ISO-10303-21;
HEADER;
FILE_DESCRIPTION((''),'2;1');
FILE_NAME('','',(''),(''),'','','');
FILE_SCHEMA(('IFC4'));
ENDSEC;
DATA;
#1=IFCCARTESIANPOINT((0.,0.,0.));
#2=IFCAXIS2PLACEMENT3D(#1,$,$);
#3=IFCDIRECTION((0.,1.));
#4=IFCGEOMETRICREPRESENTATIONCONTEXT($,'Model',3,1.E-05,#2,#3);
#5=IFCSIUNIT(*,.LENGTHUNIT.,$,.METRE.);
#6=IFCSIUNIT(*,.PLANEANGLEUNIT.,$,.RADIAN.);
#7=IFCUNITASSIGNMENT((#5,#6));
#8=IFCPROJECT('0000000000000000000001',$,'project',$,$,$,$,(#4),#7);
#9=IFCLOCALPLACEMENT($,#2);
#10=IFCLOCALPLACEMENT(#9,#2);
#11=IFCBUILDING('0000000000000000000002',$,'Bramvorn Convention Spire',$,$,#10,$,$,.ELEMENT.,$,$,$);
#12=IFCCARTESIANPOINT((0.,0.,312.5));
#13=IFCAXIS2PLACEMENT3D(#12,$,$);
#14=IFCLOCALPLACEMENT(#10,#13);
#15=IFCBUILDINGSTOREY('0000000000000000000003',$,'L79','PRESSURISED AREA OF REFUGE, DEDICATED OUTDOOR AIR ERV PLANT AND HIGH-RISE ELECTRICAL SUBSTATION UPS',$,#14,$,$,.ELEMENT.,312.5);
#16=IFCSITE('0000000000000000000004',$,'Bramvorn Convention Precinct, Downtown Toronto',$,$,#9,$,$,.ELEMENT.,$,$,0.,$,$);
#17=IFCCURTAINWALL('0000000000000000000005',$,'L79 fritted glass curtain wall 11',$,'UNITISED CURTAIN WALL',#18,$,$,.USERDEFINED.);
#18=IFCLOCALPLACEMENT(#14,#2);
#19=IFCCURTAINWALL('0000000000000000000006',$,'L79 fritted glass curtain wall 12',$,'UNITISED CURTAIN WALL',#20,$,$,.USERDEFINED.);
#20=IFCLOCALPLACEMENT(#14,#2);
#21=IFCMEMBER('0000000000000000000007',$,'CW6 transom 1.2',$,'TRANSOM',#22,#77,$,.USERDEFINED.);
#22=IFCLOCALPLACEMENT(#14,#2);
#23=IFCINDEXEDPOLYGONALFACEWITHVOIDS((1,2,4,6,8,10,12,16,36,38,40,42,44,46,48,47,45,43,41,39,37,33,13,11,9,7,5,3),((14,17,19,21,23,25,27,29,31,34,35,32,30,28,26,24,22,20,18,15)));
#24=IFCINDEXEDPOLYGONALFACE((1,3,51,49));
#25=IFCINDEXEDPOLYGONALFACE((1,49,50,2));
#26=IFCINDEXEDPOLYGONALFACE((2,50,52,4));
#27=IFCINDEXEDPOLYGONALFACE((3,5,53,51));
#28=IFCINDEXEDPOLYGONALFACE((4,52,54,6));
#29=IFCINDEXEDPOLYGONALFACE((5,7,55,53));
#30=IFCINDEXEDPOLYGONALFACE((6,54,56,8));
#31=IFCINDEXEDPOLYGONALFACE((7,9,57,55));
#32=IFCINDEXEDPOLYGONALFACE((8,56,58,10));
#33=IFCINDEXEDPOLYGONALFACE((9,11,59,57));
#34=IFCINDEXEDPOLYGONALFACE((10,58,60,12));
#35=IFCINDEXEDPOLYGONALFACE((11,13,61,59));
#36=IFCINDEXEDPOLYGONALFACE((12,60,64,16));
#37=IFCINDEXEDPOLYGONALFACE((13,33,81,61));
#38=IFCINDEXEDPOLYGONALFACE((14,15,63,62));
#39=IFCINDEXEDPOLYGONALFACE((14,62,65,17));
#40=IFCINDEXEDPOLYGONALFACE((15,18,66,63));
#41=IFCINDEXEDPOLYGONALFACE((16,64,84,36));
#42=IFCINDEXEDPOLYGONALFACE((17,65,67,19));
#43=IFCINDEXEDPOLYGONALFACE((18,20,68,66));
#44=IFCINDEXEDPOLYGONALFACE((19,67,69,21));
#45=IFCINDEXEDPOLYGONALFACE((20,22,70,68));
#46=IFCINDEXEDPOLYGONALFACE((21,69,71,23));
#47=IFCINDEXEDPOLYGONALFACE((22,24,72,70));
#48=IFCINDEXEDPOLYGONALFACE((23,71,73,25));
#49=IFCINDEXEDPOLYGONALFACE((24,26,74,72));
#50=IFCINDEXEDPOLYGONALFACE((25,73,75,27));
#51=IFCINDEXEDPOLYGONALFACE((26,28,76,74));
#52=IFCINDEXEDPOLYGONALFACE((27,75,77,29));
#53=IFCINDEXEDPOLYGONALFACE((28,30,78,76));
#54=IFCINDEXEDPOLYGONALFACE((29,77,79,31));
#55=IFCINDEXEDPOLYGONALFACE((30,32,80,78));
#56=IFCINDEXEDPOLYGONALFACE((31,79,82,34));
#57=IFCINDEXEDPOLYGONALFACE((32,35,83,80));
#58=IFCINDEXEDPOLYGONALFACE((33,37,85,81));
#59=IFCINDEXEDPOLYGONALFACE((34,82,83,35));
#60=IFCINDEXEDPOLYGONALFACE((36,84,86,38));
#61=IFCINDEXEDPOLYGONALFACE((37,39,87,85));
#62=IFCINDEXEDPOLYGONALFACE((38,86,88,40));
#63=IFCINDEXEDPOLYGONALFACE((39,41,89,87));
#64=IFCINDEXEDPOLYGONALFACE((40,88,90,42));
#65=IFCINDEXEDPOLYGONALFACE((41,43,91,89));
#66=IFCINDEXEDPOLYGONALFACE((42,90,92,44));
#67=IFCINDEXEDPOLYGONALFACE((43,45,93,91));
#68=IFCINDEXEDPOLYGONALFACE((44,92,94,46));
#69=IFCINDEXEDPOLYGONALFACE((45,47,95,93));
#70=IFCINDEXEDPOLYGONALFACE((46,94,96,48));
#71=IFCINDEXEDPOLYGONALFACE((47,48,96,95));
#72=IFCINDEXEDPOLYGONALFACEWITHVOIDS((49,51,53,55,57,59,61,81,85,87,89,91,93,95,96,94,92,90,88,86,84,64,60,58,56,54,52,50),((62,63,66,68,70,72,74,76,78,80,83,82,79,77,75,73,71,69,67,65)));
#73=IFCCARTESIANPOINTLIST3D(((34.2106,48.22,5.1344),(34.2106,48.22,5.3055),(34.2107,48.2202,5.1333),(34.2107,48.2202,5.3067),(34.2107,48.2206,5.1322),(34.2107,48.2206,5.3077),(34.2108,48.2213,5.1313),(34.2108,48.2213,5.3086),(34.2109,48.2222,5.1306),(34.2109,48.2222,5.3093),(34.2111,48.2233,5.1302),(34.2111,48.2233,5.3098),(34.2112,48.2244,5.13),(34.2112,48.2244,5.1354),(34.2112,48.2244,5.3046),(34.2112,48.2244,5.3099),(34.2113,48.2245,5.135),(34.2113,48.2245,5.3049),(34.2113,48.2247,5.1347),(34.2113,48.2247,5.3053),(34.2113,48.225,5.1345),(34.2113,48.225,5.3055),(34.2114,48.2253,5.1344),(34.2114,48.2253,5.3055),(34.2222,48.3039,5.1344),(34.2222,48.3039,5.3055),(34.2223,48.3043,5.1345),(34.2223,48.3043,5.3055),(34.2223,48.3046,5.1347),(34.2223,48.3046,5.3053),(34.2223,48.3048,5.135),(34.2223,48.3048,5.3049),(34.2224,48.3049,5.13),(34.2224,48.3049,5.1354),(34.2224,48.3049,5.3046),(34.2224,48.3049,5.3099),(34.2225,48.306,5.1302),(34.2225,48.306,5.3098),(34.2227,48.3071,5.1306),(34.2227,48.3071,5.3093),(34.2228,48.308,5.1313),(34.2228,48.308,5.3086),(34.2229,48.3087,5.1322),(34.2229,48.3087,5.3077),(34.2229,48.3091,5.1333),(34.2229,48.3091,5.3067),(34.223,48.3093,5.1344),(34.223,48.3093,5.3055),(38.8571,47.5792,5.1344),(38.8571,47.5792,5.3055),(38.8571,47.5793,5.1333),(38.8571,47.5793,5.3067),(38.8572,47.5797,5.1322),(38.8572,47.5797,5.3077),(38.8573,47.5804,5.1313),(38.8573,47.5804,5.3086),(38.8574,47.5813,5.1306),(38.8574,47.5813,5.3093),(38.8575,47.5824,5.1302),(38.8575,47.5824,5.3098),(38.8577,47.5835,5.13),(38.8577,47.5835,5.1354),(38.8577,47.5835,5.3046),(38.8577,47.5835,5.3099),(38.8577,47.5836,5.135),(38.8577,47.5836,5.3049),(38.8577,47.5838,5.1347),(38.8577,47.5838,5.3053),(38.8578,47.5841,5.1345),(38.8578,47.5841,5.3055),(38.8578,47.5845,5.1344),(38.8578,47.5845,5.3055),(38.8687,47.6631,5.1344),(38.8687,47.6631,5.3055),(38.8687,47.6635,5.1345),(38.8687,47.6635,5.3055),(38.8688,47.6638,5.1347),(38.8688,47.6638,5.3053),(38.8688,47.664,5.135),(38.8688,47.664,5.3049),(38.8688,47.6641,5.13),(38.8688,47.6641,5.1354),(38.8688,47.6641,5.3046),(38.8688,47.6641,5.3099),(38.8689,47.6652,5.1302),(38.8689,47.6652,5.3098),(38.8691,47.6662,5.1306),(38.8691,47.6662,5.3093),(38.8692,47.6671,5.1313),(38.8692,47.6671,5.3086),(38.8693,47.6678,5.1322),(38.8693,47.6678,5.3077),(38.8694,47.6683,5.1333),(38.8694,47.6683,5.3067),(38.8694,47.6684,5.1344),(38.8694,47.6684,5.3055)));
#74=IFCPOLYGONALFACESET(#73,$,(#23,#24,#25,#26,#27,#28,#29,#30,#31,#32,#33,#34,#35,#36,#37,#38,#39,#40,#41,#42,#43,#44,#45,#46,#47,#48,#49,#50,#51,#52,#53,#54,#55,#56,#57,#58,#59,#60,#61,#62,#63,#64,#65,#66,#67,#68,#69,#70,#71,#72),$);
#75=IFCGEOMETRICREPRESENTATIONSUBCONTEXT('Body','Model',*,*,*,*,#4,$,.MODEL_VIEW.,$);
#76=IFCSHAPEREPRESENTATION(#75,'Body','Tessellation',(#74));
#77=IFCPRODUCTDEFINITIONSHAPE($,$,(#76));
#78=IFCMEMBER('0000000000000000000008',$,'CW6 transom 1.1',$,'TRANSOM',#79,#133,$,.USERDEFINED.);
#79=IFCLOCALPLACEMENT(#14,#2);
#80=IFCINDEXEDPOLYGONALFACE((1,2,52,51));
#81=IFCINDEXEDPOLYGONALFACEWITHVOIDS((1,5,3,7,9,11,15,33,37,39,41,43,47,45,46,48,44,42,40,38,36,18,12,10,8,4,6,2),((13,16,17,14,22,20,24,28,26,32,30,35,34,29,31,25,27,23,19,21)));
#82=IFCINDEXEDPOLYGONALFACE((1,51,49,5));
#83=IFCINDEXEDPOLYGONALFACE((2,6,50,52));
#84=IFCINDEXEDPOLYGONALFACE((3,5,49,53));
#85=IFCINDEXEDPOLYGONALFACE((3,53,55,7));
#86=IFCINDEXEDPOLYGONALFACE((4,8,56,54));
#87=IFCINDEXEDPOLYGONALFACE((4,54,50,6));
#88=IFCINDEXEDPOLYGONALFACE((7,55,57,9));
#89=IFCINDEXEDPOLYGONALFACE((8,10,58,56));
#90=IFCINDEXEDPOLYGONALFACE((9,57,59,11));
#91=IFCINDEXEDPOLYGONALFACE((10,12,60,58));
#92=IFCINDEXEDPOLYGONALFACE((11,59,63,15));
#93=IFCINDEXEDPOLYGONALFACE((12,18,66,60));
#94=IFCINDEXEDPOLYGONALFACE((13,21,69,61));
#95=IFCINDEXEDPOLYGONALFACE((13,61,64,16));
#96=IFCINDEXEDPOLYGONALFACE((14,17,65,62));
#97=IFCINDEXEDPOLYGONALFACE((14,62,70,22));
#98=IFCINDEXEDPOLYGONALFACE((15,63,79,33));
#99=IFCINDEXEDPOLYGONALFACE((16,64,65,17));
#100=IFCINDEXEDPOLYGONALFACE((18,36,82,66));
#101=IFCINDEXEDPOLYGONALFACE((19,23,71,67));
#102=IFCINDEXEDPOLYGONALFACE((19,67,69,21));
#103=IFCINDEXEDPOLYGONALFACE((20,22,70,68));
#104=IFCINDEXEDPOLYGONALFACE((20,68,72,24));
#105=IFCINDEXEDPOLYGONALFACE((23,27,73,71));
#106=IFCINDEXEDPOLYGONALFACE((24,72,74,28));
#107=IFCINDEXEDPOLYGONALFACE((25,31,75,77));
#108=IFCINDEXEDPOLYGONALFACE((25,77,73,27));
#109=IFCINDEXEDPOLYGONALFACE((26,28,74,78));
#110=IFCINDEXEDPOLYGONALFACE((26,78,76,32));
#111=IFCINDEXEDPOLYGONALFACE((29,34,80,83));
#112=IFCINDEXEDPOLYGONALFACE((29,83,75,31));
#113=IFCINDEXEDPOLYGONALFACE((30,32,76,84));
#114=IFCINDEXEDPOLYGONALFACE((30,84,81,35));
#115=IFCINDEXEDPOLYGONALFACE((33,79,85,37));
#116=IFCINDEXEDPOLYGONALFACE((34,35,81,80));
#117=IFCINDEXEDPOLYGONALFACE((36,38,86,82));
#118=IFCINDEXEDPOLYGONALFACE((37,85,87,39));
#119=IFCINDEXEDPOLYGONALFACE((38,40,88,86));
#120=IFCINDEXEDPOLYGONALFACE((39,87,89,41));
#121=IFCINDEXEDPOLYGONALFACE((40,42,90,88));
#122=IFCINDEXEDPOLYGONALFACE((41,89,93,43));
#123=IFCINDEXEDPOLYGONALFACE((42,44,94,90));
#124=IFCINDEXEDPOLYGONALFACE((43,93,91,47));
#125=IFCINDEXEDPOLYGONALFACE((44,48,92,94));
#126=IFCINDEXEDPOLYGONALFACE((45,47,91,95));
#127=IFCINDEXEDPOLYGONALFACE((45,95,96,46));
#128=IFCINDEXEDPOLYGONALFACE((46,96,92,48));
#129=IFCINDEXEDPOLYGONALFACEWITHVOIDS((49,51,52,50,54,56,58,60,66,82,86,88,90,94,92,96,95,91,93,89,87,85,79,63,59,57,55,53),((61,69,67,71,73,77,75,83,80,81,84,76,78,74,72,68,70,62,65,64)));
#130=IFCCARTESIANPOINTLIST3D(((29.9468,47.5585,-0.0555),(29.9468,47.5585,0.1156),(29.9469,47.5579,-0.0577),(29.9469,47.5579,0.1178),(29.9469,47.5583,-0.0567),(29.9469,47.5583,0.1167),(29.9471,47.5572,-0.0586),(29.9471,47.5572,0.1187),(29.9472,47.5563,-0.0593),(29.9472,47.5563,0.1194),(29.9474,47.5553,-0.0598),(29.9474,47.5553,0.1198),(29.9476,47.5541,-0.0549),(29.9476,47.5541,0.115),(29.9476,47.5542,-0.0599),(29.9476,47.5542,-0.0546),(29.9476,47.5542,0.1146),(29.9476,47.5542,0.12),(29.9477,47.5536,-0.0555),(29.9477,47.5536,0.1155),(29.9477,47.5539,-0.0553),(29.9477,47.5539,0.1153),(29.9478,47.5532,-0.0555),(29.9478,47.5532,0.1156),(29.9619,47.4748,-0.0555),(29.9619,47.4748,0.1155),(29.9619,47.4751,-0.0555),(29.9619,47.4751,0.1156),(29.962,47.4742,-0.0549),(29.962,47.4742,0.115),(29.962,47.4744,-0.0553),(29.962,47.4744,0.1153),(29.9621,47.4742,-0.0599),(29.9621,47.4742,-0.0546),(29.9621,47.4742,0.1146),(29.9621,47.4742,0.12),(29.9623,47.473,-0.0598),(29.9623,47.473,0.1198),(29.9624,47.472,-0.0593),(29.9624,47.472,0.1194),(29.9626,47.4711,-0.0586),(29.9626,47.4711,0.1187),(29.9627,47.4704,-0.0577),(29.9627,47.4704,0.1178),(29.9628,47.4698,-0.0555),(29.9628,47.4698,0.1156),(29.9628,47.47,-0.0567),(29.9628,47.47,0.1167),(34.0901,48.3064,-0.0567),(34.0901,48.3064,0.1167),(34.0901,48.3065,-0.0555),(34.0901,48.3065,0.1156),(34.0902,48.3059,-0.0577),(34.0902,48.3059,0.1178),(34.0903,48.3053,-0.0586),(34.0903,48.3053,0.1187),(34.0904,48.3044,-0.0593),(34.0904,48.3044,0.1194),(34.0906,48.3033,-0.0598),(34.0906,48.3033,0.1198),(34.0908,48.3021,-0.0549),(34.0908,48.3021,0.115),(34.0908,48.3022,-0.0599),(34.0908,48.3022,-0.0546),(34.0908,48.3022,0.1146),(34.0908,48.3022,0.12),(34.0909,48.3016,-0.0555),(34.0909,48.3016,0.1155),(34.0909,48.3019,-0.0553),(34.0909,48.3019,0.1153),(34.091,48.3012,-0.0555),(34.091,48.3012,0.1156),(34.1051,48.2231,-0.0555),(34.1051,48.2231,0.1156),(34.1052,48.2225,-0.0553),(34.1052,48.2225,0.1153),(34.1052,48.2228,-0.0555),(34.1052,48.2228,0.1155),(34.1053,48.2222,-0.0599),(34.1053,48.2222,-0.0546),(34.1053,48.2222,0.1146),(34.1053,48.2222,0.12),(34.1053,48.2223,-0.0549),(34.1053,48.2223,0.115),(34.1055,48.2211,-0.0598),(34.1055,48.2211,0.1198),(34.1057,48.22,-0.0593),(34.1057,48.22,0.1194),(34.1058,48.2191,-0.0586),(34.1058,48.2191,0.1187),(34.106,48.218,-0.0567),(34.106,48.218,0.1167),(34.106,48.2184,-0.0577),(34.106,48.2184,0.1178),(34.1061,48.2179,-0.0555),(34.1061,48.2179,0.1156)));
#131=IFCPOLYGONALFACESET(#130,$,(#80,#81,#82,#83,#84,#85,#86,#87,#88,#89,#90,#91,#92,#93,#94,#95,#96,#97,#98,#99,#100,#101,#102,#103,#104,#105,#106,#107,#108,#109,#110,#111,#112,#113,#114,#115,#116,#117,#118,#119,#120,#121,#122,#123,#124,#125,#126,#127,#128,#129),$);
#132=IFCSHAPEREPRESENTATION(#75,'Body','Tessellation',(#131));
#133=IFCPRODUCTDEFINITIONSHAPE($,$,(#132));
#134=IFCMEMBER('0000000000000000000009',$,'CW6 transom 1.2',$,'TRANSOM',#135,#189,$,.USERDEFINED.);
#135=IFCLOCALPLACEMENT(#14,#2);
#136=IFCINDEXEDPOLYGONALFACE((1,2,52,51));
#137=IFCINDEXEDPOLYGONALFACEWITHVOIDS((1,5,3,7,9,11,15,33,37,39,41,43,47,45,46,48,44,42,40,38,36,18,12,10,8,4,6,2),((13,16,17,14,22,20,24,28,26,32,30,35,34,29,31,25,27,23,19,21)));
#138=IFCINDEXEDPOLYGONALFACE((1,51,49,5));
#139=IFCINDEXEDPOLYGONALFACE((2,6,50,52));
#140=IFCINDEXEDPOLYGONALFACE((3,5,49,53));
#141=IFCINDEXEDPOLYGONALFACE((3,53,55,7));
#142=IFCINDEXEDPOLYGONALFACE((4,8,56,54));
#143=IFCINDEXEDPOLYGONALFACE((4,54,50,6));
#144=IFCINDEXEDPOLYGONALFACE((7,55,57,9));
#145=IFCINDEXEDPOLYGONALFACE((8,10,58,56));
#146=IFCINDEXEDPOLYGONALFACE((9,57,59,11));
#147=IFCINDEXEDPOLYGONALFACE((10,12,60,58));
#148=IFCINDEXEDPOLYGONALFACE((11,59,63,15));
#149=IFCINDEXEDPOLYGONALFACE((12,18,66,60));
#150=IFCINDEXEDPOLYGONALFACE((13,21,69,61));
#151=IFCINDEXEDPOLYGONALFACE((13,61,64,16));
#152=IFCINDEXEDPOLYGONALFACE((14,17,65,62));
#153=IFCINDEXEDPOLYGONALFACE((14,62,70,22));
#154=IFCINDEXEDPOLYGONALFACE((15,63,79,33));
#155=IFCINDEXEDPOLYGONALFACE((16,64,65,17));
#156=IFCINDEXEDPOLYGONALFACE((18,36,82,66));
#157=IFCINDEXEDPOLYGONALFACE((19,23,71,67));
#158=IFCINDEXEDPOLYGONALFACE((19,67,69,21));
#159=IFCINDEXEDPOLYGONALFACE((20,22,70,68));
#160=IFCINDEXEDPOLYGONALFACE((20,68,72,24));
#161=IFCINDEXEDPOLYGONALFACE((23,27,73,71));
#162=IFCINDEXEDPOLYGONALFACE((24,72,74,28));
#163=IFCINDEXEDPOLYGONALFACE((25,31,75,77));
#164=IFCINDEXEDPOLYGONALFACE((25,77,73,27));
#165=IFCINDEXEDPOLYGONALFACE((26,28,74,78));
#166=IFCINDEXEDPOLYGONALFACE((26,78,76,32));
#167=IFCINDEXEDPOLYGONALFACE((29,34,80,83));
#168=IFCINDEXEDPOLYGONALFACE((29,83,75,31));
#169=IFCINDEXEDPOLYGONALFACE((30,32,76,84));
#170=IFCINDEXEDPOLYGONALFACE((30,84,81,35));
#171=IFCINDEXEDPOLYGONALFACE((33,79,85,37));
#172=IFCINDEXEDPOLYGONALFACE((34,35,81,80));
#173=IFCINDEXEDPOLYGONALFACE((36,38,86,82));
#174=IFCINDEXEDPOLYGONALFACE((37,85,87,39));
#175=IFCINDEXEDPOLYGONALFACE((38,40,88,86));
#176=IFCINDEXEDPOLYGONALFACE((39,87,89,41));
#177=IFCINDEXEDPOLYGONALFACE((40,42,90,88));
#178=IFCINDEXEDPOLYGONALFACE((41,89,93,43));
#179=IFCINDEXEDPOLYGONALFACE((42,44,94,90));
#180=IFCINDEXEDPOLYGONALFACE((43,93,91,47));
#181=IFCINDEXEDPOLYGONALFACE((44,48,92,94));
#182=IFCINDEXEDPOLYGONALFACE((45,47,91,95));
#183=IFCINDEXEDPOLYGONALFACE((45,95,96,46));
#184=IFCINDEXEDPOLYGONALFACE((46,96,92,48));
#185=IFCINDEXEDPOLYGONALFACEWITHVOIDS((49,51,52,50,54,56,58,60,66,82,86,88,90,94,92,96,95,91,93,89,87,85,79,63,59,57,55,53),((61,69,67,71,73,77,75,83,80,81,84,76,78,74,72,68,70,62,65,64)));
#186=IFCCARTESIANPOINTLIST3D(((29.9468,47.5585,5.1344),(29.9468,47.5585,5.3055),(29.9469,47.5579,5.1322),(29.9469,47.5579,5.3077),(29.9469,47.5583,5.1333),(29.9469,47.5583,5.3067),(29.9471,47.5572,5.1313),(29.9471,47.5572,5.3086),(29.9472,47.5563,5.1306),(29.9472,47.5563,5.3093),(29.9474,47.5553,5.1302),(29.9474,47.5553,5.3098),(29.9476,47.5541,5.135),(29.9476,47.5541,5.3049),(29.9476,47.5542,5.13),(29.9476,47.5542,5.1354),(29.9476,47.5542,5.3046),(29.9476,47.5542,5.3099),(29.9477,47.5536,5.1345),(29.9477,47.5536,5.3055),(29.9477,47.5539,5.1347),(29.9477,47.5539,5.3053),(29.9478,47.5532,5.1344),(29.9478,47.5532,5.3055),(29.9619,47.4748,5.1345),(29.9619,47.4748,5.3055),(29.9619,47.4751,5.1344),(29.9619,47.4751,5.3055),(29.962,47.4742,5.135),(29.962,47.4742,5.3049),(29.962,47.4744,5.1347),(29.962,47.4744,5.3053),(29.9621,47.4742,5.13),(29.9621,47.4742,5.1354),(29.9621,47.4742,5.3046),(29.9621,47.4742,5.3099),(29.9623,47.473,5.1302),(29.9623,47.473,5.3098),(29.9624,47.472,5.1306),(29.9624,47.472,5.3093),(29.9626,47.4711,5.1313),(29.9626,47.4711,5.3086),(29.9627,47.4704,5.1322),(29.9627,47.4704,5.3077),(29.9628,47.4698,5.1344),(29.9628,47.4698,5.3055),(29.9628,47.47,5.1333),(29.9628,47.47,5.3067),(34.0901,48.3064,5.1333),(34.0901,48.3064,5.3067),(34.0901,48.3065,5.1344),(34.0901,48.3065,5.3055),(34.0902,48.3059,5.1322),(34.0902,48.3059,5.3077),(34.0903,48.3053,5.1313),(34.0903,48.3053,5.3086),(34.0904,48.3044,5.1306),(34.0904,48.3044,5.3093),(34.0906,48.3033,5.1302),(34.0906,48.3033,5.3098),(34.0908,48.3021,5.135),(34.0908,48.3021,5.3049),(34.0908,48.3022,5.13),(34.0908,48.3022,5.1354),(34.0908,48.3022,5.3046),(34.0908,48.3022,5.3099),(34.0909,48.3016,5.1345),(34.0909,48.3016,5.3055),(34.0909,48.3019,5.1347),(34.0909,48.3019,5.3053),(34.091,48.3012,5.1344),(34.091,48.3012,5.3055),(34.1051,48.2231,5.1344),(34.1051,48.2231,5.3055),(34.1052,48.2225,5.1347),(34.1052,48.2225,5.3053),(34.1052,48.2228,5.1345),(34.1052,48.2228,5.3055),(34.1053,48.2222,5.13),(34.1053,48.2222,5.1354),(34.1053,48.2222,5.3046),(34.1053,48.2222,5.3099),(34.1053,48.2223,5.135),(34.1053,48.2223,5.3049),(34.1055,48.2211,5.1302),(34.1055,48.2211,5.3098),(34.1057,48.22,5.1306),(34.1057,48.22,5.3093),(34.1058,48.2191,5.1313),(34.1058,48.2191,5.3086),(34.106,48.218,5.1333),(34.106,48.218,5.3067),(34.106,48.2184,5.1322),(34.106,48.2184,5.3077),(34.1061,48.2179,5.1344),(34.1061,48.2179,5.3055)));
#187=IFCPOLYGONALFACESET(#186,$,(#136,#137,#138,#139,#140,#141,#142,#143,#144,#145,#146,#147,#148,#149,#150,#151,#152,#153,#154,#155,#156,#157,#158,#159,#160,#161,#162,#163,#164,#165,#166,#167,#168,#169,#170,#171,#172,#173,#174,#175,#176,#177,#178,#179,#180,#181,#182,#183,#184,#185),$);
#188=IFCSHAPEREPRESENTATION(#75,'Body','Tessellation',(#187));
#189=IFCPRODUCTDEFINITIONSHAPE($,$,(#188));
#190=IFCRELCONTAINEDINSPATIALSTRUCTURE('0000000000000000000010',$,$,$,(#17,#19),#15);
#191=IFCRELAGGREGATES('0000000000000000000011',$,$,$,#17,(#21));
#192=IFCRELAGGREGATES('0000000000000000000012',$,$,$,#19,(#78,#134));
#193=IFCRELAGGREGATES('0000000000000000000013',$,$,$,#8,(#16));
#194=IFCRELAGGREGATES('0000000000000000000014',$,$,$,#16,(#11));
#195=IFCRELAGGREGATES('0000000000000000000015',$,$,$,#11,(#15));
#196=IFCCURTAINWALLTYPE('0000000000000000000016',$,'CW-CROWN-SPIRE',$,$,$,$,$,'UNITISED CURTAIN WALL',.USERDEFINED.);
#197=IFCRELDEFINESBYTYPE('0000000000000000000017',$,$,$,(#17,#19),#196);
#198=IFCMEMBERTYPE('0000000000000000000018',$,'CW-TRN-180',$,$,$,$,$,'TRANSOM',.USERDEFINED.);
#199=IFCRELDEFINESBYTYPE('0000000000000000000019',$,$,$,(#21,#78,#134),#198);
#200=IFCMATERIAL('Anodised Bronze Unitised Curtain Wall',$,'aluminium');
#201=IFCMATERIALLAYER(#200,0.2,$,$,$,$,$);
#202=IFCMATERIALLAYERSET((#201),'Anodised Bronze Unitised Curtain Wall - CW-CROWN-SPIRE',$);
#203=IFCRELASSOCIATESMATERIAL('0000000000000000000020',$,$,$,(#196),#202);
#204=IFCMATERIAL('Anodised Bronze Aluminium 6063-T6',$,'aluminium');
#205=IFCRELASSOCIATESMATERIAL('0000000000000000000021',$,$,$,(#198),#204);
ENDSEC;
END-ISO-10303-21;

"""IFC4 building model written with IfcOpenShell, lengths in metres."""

from ifc_helpers import new_model, si_unit, direction, frame, origin, origin_2d, place, context, subcontext, project, spatial, hollow_rectangle, extrude, material, layer, layer_set, material_profile, profile_set, type_object, element, aggregate, save


model = new_model("IFC4")

# Units and contexts
model_context = context("Model", 3, precision=1e-05, world=origin(), true_north=direction((0.0, 1.0)))
body_context = subcontext(model_context, "Body", "Model", "MODEL_VIEW")
ifc_project = project(units=[si_unit("LENGTHUNIT", "METRE"), si_unit("PLANEANGLEUNIT", "RADIAN")], contexts=[model_context])

# Site, building, storey
site_placement = place(None, origin())
site = spatial("IfcSite", under=ifc_project, at=site_placement, Name="Bramvorn Convention Precinct, Downtown Toronto", CompositionType="ELEMENT", RefElevation=0.0)
building_placement = place(site_placement, origin())
building = spatial("IfcBuilding", under=site, at=building_placement, Name="Bramvorn Convention Spire", CompositionType="ELEMENT")
storey_placement = place(building_placement, frame((0.0, 0.0, 312.5)))
storey = spatial("IfcBuildingStorey", under=building, at=storey_placement, Name="L79", Description="PRESSURISED AREA OF REFUGE, DEDICATED OUTDOOR AIR ERV PLANT AND HIGH-RISE ELECTRICAL SUBSTATION UPS", CompositionType="ELEMENT", Elevation=312.5)

# Curtain wall
ifc_material_1 = material(Name="Anodised Bronze Unitised Curtain Wall", Category="aluminium")
ifc_layer_1 = layer(ifc_material_1, 0.2)
ifc_layer_set_1 = layer_set([ifc_layer_1], Name="Anodised Bronze Unitised Curtain Wall - CW-CROWN-SPIRE")
curtain_wall_type = type_object("IfcCurtainWallType", Name="CW-CROWN-SPIRE", ElementType="UNITISED CURTAIN WALL", PredefinedType="USERDEFINED", material=ifc_layer_set_1)
curtain_wall_1_placement = place(storey_placement, origin())
curtain_wall_1 = element("IfcCurtainWall", 1, at=curtain_wall_1_placement, inside=storey, type_object=curtain_wall_type, Name="L79 fritted glass curtain wall 11", ObjectType="UNITISED CURTAIN WALL", PredefinedType="USERDEFINED")
ifc_material_2 = material(Name="Anodised Bronze Aluminium 6063-T6", Category="aluminium")

# Curtain wall
curtain_wall_2_placement = place(storey_placement, origin())
curtain_wall_2 = element("IfcCurtainWall", 2, at=curtain_wall_2_placement, inside=storey, type_object=curtain_wall_type, Name="L79 fritted glass curtain wall 12", ObjectType="UNITISED CURTAIN WALL", PredefinedType="USERDEFINED")

# Members
ifc_material_profile_1 = material_profile(ifc_material_2, hollow_rectangle(XDim=0.0901, YDim=0.1799, WallThickness=0.0044, InnerFilletRadius=0.001, OuterFilletRadius=0.0044, at=origin_2d()))
ifc_profile_set_1 = profile_set([ifc_material_profile_1], Name="Anodised Bronze Aluminium 6063-T6 - CWT90X180")
member_type_1 = type_object("IfcMemberType", Name="CW-TRN-180", ElementType="TRANSOM", PredefinedType="USERDEFINED", material=ifc_profile_set_1)
member_1_placement = place(storey_placement, frame((34.2168, 48.2646, 5.22), z_axis=(0.990622, -0.136632, 0.0), x_axis=(0.136632, 0.990622, 0.0)))
member_1 = element("IfcMember", 3, at=member_1_placement, type_object=member_type_1, Name="CW6 transom 1.2", ObjectType="TRANSOM", PredefinedType="USERDEFINED", context=body_context, shape_type="SweptSolid", body=[
    extrude(hollow_rectangle(XDim=0.0901, YDim=0.1799, WallThickness=0.0044, InnerFilletRadius=0.001, OuterFilletRadius=0.0044, at=origin_2d()), origin(), (0.0, 0.0, 1.0), 4.6904),
])
member_2_placement = place(storey_placement, frame((29.9548, 47.5142, 0.03), z_axis=(0.98409, 0.177671, 0.0), x_axis=(-0.177671, 0.98409, 0.0)))
member_2 = element("IfcMember", 4, at=member_2_placement, type_object=member_type_1, Name="CW6 transom 1.1", ObjectType="TRANSOM", PredefinedType="USERDEFINED", context=body_context, shape_type="SweptSolid", body=[
    extrude(hollow_rectangle(XDim=0.0901, YDim=0.1799, WallThickness=0.0044, InnerFilletRadius=0.001, OuterFilletRadius=0.0044, at=origin_2d()), origin(), (0.0, 0.0, 1.0), 4.2102),
])
member_3_placement = place(storey_placement, frame((29.9548, 47.5142, 5.22), z_axis=(0.98409, 0.177671, 0.0), x_axis=(-0.177671, 0.98409, 0.0)))
member_3 = element("IfcMember", 5, at=member_3_placement, type_object=member_type_1, Name="CW6 transom 1.2", ObjectType="TRANSOM", PredefinedType="USERDEFINED", context=body_context, shape_type="SweptSolid", body=[
    extrude(hollow_rectangle(XDim=0.0901, YDim=0.1799, WallThickness=0.0044, InnerFilletRadius=0.001, OuterFilletRadius=0.0044, at=origin_2d()), origin(), (0.0, 0.0, 1.0), 4.2102),
])

aggregate(curtain_wall_1, [member_1])
aggregate(curtain_wall_2, [member_2, member_3])

save(model, "model.ifc")
